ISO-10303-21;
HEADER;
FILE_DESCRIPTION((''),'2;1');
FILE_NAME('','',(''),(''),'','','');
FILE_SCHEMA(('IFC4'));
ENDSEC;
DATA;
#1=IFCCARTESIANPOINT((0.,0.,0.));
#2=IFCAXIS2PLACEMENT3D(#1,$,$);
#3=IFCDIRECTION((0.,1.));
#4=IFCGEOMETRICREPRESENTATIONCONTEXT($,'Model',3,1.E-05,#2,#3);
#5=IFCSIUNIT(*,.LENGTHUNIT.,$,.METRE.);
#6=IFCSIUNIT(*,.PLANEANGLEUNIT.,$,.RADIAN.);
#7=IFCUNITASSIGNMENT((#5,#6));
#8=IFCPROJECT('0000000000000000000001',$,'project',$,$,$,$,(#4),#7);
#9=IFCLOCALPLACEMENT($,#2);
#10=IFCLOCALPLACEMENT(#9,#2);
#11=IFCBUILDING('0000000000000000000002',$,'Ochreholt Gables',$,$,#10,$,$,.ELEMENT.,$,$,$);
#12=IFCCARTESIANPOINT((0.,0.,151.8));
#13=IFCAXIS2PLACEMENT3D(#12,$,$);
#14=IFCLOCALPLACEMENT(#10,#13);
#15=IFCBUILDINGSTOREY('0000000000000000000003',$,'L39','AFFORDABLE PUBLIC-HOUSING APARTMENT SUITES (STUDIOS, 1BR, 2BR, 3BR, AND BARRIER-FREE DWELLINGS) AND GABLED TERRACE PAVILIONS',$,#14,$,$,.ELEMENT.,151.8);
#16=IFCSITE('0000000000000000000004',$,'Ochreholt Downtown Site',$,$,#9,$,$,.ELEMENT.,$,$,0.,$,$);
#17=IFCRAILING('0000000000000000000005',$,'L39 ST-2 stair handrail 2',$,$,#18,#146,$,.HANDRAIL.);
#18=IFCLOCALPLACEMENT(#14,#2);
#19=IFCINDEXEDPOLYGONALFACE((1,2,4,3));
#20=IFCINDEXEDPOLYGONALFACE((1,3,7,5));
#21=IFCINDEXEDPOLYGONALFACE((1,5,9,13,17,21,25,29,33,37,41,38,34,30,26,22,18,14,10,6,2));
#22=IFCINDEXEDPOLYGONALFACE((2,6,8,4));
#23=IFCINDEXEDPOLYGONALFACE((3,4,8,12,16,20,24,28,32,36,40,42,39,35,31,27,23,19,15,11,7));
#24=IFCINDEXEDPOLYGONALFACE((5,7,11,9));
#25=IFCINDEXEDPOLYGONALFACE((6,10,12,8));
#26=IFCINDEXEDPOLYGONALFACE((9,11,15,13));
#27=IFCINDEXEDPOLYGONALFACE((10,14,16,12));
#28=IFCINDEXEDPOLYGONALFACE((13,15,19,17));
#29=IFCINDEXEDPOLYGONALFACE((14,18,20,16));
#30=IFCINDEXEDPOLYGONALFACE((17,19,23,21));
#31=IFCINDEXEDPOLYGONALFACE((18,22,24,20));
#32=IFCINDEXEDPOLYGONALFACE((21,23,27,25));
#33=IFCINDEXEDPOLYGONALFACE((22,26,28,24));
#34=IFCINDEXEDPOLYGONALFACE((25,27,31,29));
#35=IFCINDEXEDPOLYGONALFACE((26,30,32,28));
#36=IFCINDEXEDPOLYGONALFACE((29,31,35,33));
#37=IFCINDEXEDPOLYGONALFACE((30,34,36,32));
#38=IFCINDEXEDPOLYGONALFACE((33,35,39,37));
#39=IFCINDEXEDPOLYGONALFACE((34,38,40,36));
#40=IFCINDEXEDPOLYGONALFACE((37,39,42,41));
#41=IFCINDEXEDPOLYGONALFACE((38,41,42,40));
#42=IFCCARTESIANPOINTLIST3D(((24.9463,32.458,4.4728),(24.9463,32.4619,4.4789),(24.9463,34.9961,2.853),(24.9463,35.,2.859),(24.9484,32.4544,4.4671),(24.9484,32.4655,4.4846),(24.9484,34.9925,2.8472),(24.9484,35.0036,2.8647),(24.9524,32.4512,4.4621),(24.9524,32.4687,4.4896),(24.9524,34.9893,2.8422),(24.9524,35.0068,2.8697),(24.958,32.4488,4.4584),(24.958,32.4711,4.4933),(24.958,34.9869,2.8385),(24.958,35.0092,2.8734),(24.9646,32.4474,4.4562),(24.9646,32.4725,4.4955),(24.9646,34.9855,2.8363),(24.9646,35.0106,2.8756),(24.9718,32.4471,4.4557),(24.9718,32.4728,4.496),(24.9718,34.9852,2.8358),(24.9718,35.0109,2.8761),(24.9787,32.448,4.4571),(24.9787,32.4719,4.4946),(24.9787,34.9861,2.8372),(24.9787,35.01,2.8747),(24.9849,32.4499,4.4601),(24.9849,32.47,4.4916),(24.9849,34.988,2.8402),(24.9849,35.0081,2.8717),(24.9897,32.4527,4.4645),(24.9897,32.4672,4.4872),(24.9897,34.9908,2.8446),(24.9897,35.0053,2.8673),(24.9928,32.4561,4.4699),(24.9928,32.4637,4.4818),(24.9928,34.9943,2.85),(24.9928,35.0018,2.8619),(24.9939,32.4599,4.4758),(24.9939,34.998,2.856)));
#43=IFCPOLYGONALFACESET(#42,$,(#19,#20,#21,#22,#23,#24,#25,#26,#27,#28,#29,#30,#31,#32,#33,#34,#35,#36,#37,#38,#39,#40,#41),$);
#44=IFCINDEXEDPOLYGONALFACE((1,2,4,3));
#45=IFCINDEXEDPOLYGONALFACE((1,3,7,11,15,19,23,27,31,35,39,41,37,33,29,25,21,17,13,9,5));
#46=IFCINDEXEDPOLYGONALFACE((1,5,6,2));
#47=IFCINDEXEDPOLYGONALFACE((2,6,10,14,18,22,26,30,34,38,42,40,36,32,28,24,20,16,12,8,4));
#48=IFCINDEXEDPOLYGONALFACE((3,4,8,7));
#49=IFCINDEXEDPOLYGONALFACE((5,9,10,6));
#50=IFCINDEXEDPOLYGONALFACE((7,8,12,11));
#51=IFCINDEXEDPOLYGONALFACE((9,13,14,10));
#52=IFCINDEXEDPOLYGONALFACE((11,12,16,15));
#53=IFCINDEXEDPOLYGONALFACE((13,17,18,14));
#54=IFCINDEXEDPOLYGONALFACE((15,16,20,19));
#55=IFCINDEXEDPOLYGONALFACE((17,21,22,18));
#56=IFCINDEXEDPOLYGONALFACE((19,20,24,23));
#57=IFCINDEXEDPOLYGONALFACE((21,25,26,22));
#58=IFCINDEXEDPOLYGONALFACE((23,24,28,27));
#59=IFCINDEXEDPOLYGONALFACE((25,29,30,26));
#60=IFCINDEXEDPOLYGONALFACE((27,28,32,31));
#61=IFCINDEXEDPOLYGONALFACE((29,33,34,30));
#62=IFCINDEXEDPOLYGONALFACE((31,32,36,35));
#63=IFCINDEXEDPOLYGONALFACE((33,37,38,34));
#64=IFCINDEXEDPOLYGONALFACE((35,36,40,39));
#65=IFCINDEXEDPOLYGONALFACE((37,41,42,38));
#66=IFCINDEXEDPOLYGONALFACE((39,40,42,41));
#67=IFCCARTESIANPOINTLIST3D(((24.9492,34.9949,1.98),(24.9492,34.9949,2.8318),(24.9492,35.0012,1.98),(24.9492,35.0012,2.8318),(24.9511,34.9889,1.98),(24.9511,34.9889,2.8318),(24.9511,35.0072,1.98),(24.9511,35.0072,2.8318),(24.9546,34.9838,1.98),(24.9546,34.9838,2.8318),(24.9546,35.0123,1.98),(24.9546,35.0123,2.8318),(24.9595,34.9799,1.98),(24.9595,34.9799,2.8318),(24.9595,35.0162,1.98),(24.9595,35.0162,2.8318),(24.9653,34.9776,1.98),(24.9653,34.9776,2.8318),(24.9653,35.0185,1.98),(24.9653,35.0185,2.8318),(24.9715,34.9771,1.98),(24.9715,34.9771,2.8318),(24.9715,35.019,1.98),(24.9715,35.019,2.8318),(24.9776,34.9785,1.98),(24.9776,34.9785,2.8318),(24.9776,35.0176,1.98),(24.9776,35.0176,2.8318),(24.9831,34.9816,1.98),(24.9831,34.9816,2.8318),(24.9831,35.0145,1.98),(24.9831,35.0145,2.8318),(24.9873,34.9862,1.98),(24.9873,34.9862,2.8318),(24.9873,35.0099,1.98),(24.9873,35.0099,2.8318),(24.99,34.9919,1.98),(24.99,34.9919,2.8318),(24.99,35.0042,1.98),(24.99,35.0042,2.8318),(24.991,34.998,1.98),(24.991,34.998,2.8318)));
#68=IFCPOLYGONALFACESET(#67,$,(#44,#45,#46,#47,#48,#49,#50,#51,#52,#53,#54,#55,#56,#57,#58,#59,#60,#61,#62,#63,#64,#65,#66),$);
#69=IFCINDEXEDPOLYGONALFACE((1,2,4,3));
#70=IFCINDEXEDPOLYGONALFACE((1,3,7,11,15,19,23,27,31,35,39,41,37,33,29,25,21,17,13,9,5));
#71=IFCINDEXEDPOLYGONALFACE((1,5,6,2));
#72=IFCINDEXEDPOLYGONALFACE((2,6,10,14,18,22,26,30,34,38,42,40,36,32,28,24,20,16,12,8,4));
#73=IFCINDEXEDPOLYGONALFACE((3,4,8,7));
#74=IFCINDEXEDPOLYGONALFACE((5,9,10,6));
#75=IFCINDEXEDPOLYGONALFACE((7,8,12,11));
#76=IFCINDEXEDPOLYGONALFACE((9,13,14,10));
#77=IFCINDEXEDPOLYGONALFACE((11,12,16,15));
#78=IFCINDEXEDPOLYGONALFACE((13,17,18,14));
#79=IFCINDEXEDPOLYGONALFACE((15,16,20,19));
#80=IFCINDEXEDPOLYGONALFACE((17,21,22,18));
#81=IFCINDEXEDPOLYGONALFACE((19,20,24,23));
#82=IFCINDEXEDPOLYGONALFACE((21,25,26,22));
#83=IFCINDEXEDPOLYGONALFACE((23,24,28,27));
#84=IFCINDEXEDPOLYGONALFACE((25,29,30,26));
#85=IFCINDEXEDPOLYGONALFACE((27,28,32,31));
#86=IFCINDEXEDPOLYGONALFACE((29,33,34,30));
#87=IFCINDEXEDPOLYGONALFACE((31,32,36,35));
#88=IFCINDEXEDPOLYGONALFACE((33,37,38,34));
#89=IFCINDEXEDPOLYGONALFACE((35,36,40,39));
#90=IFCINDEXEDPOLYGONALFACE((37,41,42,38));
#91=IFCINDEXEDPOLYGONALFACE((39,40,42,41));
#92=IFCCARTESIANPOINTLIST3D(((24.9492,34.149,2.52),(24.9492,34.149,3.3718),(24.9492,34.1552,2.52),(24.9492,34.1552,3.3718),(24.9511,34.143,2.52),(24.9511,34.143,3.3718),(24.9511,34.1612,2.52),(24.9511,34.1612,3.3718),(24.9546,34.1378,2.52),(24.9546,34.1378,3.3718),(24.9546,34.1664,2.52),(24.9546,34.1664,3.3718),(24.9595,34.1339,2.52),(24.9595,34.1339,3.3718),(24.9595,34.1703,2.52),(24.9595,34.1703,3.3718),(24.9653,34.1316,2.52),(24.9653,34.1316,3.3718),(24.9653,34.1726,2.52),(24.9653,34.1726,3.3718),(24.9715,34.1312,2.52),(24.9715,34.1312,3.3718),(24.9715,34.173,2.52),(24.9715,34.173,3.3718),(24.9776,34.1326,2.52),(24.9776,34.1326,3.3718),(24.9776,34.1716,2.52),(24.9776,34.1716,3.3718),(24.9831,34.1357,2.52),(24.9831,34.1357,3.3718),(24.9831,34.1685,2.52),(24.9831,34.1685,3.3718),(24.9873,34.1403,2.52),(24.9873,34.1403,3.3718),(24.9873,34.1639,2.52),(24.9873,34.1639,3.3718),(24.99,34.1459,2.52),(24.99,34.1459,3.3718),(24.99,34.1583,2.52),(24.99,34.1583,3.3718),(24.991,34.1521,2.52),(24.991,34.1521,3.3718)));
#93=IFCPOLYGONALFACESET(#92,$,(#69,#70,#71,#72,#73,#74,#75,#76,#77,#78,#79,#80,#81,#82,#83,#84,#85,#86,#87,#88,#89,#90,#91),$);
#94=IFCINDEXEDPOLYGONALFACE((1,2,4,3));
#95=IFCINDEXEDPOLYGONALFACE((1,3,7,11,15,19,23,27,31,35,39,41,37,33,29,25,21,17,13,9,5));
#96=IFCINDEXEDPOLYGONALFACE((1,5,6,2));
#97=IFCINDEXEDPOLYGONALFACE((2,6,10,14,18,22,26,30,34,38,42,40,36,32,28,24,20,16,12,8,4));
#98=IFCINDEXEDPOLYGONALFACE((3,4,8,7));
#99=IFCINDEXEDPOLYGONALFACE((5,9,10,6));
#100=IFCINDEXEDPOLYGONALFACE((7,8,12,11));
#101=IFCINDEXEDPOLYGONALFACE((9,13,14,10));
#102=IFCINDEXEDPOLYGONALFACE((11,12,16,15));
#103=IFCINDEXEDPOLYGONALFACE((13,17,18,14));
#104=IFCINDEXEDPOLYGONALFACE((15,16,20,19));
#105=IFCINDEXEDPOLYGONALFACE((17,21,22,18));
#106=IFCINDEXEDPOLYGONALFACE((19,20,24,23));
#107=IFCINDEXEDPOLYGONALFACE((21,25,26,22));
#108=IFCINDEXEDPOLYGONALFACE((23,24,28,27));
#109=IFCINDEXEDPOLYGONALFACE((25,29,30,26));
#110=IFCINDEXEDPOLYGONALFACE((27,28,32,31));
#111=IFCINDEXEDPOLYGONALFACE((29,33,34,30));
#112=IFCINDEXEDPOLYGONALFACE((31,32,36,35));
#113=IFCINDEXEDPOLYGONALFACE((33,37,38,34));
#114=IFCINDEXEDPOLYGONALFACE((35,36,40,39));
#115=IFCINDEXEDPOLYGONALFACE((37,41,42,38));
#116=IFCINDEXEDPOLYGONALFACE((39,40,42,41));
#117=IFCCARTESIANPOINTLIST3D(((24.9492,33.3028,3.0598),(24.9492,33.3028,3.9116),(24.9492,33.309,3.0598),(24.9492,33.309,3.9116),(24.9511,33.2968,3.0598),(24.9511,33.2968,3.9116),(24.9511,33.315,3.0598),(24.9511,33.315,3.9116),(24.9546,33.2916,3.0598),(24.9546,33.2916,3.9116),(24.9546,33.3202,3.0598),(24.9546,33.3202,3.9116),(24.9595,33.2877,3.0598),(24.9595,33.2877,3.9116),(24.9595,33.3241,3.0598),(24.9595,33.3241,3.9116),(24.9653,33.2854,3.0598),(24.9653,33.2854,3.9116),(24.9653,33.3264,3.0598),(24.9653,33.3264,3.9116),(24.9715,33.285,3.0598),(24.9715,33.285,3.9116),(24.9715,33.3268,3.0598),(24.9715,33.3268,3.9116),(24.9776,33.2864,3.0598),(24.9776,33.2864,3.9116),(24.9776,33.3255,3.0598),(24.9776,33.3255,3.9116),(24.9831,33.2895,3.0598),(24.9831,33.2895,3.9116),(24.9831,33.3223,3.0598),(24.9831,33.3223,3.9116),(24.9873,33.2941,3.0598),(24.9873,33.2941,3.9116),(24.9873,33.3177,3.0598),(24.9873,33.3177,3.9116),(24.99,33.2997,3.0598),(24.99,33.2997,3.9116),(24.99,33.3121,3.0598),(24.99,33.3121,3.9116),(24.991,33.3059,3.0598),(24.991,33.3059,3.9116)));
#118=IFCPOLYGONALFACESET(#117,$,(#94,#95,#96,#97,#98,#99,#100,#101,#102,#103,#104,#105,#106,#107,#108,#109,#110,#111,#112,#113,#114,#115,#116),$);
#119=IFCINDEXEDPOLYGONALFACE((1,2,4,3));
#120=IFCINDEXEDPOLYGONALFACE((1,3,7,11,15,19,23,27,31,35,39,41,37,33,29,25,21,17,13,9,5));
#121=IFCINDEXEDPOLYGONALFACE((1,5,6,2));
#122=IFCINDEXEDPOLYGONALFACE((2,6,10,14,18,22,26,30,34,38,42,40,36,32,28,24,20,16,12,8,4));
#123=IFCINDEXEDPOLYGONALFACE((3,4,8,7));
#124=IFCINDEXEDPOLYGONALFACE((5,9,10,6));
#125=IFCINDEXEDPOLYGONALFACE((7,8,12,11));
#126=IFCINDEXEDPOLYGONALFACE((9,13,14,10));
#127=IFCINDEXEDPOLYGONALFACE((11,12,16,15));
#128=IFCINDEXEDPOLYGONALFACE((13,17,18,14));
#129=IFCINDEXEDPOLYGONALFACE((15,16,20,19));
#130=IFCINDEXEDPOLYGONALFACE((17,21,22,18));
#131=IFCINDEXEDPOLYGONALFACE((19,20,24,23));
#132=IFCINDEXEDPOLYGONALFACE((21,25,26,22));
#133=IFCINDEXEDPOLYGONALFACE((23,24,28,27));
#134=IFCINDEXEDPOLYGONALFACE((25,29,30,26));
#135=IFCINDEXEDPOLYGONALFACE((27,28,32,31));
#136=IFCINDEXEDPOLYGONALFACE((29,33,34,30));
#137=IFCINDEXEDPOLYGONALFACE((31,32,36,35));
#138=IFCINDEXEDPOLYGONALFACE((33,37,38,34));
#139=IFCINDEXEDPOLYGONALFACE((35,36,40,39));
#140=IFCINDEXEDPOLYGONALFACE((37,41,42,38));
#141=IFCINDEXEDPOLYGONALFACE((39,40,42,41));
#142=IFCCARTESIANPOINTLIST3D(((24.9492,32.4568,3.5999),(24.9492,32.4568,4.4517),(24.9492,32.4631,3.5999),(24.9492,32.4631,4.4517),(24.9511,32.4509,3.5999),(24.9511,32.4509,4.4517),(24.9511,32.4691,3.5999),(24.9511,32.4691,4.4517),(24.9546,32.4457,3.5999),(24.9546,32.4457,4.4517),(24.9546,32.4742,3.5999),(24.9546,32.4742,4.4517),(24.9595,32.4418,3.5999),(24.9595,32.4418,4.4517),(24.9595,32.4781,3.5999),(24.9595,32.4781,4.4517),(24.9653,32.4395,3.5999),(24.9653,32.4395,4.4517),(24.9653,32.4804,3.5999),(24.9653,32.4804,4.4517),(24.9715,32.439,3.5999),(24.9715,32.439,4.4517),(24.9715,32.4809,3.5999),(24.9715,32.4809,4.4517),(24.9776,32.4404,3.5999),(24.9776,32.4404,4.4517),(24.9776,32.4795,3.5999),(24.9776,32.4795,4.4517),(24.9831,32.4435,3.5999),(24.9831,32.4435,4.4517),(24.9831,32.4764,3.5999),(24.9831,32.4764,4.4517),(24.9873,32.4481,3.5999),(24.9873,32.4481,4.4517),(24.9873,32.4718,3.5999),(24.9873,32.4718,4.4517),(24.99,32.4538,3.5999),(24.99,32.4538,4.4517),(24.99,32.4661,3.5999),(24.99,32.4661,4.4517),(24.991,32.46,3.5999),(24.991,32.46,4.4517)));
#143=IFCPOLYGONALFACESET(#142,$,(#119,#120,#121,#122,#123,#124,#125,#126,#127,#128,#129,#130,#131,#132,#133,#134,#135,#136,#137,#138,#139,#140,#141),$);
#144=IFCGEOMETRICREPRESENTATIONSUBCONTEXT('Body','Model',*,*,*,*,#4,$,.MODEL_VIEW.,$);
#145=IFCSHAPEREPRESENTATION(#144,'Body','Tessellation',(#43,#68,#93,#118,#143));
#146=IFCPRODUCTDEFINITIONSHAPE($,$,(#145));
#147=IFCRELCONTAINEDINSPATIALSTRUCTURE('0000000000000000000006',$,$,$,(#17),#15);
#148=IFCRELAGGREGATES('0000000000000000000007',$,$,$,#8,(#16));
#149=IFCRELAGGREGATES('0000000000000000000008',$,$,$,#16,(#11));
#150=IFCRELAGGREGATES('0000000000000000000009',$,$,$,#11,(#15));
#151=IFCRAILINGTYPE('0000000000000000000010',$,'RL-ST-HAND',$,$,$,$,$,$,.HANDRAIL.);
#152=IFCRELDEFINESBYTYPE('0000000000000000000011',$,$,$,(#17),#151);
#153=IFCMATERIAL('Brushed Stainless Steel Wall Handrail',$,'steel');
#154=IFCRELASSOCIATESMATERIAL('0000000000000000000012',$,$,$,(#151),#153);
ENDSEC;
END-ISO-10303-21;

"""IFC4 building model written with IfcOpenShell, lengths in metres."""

from ifc_helpers import new_model, si_unit, direction, frame, origin, origin_2d, place, context, subcontext, project, spatial, circle, extrude, material, type_object, element, save


model = new_model("IFC4")

# Units and contexts
model_context = context("Model", 3, precision=1e-05, world=origin(), true_north=direction((0.0, 1.0)))
body_context = subcontext(model_context, "Body", "Model", "MODEL_VIEW")
ifc_project = project(units=[si_unit("LENGTHUNIT", "METRE"), si_unit("PLANEANGLEUNIT", "RADIAN")], contexts=[model_context])

# Site, building, storey
site_placement = place(None, origin())
site = spatial("IfcSite", under=ifc_project, at=site_placement, Name="Ochreholt Downtown Site", CompositionType="ELEMENT", RefElevation=0.0)
building_placement = place(site_placement, origin())
building = spatial("IfcBuilding", under=site, at=building_placement, Name="Ochreholt Gables", CompositionType="ELEMENT")
storey_placement = place(building_placement, frame((0.0, 0.0, 151.8)))
storey = spatial("IfcBuildingStorey", under=building, at=storey_placement, Name="L39", Description="AFFORDABLE PUBLIC-HOUSING APARTMENT SUITES (STUDIOS, 1BR, 2BR, 3BR, AND BARRIER-FREE DWELLINGS) AND GABLED TERRACE PAVILIONS", CompositionType="ELEMENT", Elevation=151.8)

# Railing
ifc_material_1 = material(Name="Brushed Stainless Steel Wall Handrail", Category="steel")
railing_type_1 = type_object("IfcRailingType", Name="RL-ST-HAND", PredefinedType="HANDRAIL", material=ifc_material_1)
railing_1_placement = place(storey_placement, frame((24.97, 34.998, 1.98)))
element("IfcRailing", 1, at=railing_1_placement, inside=storey, type_object=railing_type_1, Name="L39 ST-2 stair handrail 2", PredefinedType="HANDRAIL", context=body_context, shape_type="SweptSolid", body=[
    extrude(circle(Radius=0.0239, at=origin_2d()), frame((0.0, 0.0, 0.876), z_axis=(0.0, -0.84295, 0.537993), x_axis=(1.0, 0.0, 0.0)), (0.0, 0.0, 1.0), 3.011),
    extrude(circle(Radius=0.021, at=origin_2d()), origin(), (0.0, 0.0, 1.0), 0.8518),
    extrude(circle(Radius=0.021, at=origin_2d()), frame((0.0, -0.8459, 0.54)), (0.0, 0.0, 1.0), 0.8518),
    extrude(circle(Radius=0.021, at=origin_2d()), frame((0.0, -1.6921, 1.0798)), (0.0, 0.0, 1.0), 0.8518),
    extrude(circle(Radius=0.021, at=origin_2d()), frame((0.0, -2.5381, 1.6199)), (0.0, 0.0, 1.0), 0.8518),
])

save(model, "model.ifc")
